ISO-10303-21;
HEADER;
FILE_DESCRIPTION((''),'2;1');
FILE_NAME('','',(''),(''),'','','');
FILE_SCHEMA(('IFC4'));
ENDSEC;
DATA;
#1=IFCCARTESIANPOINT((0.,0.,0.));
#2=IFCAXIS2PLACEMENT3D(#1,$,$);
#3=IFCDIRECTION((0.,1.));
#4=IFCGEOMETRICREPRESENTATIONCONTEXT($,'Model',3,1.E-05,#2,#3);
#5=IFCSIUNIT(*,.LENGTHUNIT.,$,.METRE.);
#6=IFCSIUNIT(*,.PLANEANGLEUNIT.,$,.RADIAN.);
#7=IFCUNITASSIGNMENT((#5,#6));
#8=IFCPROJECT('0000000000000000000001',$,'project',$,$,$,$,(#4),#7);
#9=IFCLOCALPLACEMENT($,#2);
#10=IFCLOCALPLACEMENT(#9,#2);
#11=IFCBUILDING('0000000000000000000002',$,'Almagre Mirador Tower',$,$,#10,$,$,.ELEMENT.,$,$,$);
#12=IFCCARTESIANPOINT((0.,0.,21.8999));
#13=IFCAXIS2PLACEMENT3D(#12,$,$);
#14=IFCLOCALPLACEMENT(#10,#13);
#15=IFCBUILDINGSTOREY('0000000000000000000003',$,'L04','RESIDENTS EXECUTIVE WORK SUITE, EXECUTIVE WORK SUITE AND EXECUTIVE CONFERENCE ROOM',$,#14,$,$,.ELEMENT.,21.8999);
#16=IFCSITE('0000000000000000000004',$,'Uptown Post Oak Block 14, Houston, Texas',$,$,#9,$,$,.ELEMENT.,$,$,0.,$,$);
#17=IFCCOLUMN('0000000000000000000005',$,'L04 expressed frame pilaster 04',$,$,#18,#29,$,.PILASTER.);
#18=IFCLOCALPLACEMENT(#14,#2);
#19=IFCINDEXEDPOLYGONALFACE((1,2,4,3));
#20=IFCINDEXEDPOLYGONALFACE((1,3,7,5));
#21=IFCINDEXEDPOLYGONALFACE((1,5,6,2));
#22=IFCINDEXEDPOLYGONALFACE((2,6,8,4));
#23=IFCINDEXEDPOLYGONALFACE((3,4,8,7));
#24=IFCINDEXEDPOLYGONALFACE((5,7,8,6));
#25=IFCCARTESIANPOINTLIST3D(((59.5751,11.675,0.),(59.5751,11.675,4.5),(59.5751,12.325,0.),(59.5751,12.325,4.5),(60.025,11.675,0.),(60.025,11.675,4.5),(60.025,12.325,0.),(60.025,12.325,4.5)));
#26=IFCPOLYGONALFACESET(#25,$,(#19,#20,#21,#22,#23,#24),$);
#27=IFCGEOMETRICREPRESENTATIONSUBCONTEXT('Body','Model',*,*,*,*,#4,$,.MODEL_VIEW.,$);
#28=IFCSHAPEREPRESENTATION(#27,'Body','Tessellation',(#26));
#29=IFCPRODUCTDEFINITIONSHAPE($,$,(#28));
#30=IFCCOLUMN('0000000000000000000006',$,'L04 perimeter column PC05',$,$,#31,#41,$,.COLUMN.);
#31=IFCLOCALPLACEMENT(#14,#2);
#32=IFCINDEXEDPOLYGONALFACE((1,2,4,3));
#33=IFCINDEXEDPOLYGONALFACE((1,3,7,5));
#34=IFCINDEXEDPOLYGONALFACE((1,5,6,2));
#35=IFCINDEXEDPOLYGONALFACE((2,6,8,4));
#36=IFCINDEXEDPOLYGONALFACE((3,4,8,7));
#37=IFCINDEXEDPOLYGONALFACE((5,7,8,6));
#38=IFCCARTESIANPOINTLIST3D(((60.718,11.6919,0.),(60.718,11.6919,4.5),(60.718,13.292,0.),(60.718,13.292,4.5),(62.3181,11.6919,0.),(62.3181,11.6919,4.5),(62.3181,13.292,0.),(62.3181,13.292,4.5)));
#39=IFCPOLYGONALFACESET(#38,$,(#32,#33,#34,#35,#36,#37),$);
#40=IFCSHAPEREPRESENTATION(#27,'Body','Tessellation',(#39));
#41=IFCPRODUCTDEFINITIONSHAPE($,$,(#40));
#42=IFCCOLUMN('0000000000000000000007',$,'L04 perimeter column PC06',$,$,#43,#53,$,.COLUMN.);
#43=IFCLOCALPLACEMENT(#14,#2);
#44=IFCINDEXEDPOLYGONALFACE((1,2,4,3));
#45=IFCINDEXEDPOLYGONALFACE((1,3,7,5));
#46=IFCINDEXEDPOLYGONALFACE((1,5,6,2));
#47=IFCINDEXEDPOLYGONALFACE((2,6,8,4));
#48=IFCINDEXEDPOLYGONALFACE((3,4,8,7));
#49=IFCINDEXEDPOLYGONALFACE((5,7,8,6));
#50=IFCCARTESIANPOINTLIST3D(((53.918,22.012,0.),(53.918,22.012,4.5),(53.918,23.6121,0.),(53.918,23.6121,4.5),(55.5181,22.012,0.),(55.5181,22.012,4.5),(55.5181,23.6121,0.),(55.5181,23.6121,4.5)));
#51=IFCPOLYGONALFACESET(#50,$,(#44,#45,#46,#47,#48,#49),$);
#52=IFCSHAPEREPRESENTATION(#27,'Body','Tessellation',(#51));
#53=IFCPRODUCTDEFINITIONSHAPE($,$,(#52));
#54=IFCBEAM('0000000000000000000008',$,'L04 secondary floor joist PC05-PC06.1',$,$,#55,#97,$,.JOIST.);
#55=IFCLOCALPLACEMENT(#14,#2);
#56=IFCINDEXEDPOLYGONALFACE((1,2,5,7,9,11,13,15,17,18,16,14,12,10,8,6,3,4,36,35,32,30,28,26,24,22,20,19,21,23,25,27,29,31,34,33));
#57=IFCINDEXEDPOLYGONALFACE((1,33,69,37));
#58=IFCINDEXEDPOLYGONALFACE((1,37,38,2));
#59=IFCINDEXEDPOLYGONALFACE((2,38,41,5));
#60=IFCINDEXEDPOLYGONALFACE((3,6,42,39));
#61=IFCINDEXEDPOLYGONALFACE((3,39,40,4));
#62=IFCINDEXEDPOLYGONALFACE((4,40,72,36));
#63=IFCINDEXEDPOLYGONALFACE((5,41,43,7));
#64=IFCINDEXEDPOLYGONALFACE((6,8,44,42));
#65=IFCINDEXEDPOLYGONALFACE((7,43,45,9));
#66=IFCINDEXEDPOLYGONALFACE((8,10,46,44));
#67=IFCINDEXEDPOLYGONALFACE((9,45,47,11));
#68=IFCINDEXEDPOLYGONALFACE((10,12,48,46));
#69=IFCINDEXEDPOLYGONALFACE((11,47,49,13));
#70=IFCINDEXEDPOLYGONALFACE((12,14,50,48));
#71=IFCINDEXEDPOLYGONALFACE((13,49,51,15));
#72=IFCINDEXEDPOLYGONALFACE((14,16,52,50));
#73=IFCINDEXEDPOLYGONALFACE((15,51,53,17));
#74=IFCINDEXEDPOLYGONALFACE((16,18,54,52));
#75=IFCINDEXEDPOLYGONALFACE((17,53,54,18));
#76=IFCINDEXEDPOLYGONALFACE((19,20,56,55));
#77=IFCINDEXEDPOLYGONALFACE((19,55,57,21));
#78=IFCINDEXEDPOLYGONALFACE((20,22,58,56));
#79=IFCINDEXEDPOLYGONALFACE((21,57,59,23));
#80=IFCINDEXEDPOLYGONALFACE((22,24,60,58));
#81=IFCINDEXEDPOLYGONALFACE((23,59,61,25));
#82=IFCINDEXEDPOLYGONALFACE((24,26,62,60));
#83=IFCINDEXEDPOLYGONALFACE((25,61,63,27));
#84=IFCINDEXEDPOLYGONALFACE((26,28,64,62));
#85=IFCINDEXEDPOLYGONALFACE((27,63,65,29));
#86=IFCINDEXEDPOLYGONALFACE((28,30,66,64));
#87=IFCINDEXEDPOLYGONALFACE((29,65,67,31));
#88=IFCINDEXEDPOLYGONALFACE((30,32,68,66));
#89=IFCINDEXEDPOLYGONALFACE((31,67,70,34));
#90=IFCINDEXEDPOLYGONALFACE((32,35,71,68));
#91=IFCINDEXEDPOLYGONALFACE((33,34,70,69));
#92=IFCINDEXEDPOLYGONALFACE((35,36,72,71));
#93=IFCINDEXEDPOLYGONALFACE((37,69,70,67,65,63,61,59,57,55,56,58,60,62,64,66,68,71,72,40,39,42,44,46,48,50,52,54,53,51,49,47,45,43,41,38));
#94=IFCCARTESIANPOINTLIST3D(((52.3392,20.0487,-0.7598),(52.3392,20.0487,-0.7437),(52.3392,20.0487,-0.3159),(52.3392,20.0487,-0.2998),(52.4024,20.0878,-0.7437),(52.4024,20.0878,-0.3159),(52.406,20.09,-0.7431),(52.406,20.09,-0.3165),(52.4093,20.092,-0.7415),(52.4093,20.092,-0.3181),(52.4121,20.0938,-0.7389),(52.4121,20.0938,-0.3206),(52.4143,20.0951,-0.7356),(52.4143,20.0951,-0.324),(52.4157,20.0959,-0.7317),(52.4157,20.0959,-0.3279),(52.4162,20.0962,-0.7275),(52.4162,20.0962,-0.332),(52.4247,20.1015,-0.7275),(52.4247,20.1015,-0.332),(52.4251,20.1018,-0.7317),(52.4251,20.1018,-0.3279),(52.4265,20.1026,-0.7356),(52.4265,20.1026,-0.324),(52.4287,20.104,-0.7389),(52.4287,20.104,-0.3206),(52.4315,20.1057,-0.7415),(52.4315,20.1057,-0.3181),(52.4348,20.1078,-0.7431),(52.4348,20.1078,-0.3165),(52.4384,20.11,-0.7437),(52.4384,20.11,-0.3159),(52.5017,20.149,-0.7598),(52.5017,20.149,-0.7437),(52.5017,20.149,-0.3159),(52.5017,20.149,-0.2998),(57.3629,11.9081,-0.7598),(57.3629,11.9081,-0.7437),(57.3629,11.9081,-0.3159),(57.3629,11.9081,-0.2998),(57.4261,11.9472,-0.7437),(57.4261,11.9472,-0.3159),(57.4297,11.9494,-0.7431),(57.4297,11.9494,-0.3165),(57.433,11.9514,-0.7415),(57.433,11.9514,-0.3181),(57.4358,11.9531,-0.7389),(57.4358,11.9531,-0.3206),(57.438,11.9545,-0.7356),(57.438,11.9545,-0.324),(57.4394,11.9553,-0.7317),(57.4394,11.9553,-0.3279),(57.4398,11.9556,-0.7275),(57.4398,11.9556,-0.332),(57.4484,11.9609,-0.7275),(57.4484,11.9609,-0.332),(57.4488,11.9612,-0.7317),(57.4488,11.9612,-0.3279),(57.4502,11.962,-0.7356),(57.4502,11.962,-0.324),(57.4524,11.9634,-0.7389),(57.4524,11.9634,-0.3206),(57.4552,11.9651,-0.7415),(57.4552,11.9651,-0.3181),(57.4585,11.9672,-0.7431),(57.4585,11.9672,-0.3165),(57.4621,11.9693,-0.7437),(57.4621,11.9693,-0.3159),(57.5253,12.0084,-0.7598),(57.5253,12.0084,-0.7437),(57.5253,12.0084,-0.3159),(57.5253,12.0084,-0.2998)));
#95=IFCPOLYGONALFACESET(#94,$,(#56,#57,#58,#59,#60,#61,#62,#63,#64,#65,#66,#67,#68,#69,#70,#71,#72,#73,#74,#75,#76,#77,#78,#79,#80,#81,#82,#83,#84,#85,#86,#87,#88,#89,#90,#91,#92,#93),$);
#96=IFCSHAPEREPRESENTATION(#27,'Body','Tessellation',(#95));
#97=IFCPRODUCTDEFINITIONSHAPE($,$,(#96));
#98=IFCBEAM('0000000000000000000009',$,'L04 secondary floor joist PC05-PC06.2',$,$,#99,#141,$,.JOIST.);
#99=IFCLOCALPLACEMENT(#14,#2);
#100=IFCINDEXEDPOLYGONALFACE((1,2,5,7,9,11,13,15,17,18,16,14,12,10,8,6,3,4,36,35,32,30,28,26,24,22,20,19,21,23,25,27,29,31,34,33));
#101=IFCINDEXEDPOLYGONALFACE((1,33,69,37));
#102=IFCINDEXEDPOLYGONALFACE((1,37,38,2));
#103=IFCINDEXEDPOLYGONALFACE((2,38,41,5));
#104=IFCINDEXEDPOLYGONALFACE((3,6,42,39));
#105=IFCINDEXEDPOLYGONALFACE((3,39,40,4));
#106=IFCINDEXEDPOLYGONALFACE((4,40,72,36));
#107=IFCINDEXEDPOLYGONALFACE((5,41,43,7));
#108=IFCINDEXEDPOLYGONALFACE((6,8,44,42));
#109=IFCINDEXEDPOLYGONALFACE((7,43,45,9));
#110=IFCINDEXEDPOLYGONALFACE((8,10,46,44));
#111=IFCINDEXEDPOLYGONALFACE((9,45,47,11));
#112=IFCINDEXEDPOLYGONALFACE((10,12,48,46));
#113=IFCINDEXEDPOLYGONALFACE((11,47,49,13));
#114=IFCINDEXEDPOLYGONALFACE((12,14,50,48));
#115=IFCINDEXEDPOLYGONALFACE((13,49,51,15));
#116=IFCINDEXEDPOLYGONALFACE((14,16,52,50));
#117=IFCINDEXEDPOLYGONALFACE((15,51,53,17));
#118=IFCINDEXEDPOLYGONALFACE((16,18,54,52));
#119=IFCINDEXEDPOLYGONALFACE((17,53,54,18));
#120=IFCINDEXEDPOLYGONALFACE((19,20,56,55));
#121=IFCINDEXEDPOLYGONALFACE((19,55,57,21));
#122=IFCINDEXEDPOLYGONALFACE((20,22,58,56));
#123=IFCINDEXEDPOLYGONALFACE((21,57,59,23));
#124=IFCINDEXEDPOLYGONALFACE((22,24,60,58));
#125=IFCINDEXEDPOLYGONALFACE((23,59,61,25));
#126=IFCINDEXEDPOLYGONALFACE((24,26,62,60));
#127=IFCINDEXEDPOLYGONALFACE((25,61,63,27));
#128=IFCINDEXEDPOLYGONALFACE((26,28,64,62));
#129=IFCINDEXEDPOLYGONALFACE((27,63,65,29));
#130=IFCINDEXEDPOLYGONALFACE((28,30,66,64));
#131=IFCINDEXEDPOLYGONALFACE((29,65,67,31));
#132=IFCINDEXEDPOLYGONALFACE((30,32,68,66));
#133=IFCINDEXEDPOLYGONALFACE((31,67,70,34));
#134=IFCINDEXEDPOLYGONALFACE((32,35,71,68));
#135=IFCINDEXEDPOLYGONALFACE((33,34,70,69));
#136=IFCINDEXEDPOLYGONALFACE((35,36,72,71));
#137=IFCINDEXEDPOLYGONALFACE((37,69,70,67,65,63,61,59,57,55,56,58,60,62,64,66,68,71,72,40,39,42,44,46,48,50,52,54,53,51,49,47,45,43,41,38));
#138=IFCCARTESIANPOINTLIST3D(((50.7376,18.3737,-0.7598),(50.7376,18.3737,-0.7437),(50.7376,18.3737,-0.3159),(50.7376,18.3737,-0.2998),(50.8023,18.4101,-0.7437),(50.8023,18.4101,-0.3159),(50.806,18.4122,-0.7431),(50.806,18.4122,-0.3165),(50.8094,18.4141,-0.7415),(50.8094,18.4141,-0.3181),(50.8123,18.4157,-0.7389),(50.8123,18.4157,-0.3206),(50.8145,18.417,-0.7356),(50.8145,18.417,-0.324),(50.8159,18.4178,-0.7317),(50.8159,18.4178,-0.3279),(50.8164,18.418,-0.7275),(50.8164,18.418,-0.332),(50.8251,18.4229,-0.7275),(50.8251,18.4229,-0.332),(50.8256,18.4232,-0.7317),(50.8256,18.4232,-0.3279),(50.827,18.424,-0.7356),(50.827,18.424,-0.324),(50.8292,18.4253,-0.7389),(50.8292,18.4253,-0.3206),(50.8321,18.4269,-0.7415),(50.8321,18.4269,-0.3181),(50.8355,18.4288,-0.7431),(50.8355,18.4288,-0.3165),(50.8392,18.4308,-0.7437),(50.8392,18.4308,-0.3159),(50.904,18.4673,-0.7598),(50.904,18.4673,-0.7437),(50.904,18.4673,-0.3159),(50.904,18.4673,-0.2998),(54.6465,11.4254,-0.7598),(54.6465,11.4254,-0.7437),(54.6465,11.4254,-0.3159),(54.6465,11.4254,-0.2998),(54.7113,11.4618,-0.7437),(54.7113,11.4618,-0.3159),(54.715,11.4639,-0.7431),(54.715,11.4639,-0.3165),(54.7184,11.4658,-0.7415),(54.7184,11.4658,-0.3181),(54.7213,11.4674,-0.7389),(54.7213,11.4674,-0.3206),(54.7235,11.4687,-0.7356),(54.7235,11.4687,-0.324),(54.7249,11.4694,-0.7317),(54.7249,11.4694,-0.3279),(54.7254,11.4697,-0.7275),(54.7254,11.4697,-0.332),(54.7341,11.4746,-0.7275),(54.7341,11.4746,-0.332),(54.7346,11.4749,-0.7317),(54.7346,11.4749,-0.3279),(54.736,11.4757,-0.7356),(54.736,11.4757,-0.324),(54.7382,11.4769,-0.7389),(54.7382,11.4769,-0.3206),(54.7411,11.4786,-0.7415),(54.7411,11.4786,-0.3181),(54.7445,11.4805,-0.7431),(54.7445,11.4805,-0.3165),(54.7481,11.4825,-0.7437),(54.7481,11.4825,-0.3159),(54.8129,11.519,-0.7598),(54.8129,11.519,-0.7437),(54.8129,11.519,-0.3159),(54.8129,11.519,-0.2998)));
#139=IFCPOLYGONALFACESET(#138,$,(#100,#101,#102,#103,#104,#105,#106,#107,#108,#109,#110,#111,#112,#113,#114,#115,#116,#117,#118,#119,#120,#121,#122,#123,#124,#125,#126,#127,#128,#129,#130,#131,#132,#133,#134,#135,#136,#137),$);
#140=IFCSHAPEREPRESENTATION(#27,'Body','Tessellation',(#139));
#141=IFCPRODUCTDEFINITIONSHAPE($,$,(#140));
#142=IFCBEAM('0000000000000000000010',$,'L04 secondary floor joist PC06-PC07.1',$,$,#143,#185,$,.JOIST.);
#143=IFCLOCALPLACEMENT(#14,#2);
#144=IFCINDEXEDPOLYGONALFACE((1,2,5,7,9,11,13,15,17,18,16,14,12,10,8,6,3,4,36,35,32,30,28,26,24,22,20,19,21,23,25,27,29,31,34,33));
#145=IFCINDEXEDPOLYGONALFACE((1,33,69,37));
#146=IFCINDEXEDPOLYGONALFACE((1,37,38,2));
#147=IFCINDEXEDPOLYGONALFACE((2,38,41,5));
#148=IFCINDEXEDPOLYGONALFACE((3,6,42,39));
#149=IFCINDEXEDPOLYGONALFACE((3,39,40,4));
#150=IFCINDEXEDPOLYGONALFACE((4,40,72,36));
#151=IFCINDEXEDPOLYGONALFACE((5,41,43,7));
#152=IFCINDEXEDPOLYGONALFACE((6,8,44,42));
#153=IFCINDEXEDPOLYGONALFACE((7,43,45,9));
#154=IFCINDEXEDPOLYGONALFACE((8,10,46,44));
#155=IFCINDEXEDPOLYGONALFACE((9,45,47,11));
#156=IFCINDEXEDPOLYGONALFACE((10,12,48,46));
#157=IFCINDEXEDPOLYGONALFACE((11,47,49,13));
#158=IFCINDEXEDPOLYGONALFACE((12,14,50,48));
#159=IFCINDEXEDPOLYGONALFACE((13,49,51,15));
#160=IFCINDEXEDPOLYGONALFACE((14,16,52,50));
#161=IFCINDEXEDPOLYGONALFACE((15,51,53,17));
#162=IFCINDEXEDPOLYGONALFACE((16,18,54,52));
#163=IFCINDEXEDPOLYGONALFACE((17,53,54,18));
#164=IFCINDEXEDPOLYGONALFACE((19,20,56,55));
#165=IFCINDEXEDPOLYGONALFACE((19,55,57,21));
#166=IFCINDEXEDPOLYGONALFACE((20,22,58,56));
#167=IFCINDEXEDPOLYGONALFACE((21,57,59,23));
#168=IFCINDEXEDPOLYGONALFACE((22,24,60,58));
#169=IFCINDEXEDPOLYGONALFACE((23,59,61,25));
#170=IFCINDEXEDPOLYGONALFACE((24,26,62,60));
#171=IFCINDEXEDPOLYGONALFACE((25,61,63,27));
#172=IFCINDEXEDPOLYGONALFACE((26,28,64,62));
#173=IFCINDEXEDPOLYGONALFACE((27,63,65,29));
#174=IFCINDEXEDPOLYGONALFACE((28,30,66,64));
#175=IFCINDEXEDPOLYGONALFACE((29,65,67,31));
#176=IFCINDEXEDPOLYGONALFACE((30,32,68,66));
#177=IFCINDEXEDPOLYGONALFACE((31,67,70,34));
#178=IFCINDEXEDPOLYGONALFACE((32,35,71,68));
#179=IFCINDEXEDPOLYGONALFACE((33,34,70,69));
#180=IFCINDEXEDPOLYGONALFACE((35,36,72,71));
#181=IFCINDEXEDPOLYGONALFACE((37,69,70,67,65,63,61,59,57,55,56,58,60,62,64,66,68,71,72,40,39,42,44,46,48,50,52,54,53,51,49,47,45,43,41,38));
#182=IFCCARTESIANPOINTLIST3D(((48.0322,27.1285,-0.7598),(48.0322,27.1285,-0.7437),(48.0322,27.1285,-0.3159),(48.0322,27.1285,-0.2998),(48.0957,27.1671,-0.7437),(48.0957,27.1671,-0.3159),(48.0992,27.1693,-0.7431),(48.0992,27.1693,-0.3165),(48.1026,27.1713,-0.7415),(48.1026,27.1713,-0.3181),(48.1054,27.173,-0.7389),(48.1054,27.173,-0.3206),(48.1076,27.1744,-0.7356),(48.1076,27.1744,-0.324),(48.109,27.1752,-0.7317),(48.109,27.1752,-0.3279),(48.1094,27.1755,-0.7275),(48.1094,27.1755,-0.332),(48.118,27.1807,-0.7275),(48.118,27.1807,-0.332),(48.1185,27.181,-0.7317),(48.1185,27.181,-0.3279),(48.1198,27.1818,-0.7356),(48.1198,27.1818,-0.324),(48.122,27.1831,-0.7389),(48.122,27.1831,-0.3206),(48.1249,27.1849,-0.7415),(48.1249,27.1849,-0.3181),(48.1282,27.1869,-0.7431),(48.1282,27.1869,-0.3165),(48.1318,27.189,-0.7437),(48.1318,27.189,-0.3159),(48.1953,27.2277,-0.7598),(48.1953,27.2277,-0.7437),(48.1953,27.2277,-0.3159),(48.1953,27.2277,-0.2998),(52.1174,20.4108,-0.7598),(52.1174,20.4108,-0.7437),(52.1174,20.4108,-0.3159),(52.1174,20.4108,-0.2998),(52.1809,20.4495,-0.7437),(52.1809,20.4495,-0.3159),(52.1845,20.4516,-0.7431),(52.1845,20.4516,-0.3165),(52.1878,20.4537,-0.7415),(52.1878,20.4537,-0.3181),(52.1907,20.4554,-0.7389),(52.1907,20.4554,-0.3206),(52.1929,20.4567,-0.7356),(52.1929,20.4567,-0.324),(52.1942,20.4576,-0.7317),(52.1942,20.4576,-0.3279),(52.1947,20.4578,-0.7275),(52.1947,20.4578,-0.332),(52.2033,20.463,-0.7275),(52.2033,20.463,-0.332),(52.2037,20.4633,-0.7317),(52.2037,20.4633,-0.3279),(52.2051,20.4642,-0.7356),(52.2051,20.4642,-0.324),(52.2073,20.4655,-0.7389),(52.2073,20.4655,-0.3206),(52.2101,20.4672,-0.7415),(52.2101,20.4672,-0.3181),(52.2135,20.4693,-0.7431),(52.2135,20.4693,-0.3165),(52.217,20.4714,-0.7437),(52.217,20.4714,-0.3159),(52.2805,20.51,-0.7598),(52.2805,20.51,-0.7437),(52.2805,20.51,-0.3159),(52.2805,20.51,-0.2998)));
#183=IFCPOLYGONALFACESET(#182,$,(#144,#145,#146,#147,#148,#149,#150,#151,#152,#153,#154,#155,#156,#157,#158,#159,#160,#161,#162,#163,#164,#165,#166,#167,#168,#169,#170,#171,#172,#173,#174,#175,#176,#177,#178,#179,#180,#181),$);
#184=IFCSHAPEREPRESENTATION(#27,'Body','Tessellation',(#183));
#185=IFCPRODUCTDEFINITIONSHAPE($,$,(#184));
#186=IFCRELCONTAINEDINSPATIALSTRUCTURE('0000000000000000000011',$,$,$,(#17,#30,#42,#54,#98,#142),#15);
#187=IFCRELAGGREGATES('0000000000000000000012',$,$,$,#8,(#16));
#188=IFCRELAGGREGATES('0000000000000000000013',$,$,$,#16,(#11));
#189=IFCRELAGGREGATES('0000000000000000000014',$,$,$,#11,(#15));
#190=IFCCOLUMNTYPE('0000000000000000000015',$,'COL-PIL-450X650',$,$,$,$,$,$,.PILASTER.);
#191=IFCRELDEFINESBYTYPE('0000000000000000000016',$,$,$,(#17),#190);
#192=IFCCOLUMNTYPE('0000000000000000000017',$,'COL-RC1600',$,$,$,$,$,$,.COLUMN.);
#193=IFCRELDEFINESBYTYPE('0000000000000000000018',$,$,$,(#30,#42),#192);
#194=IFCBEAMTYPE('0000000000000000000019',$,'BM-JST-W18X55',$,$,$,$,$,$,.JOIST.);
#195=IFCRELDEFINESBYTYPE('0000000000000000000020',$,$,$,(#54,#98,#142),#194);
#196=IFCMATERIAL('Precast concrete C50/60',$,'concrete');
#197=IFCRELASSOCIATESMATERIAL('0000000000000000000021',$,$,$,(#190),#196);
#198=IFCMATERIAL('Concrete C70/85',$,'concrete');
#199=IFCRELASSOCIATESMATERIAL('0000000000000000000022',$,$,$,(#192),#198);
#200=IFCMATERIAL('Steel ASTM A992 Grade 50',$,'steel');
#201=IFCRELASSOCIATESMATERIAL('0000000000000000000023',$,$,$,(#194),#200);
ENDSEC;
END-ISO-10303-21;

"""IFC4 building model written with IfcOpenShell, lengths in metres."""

from ifc_helpers import new_model, si_unit, direction, frame, origin, origin_2d, place, context, subcontext, project, spatial, rectangle, i_section, extrude, material, material_profile, profile_set, type_object, element, save


model = new_model("IFC4")

# Units and contexts
model_context = context("Model", 3, precision=1e-05, world=origin(), true_north=direction((0.0, 1.0)))
body_context = subcontext(model_context, "Body", "Model", "MODEL_VIEW")
ifc_project = project(units=[si_unit("LENGTHUNIT", "METRE"), si_unit("PLANEANGLEUNIT", "RADIAN")], contexts=[model_context])

# Site, building, storey
site_placement = place(None, origin())
site = spatial("IfcSite", under=ifc_project, at=site_placement, Name="Uptown Post Oak Block 14, Houston, Texas", CompositionType="ELEMENT", RefElevation=0.0)
building_placement = place(site_placement, origin())
building = spatial("IfcBuilding", under=site, at=building_placement, Name="Almagre Mirador Tower", CompositionType="ELEMENT")
storey_placement = place(building_placement, frame((0.0, 0.0, 21.8999)))
storey = spatial("IfcBuildingStorey", under=building, at=storey_placement, Name="L04", Description="RESIDENTS EXECUTIVE WORK SUITE, EXECUTIVE WORK SUITE AND EXECUTIVE CONFERENCE ROOM", CompositionType="ELEMENT", Elevation=21.8999)

# Columns
ifc_material_1 = material(Name="Precast concrete C50/60", Category="concrete")
ifc_material_profile_1 = material_profile(ifc_material_1, rectangle(XDim=0.45, YDim=0.6499, at=origin_2d()), Name="RC450X650")
ifc_profile_set_1 = profile_set([ifc_material_profile_1], Name="Precast concrete C50/60")
column_type_1 = type_object("IfcColumnType", Name="COL-PIL-450X650", PredefinedType="PILASTER", material=ifc_profile_set_1)
column_placement = place(storey_placement, frame((59.8, 12.0, 0.0), z_axis=(0.0, 0.0, 1.0), x_axis=(1.0, 0.0, 0.0)))
element("IfcColumn", 1, at=column_placement, inside=storey, type_object=column_type_1, Name="L04 expressed frame pilaster 04", PredefinedType="PILASTER", context=body_context, shape_type="SweptSolid", body=[
    extrude(rectangle(XDim=0.45, YDim=0.6499, at=origin_2d()), origin(), (0.0, 0.0, 1.0), 4.5),
])
ifc_material_2 = material(Name="Concrete C70/85", Category="concrete")
ifc_material_profile_2 = material_profile(ifc_material_2, rectangle(XDim=1.6001, YDim=1.6001, at=origin_2d()), Name="RC1600X1600")
ifc_profile_set_2 = profile_set([ifc_material_profile_2], Name="Concrete C70/85")
column_type_2 = type_object("IfcColumnType", Name="COL-RC1600", PredefinedType="COLUMN", material=ifc_profile_set_2)
for number, where, z_axis, x_axis, name in (
    (2, (61.5181, 12.4919, 0.0), (0.0, 0.0, 1.0), (1.0, 0.0, 0.0), "L04 perimeter column PC05"),
    (3, (54.718, 22.812, 0.0), (0.0, 0.0, 1.0), (1.0, 0.0, 0.0), "L04 perimeter column PC06"),
):
    element("IfcColumn", number, at=place(storey_placement, frame(where, z_axis=z_axis, x_axis=x_axis)), inside=storey, type_object=column_type_2, Name=name, PredefinedType="COLUMN", context=body_context, shape_type="SweptSolid", body=[
        extrude(rectangle(XDim=1.6001, YDim=1.6001, at=origin_2d()), origin(), (0.0, 0.0, 1.0), 4.5),
    ])

# Beams
ifc_material_3 = material(Name="Steel ASTM A992 Grade 50", Category="steel")
ifc_material_profile_3 = material_profile(ifc_material_3, i_section(OverallWidth=0.1909, OverallDepth=0.46, WebThickness=0.01, FlangeThickness=0.0161, FilletRadius=0.0161, at=origin_2d()), Name="W18X55")
ifc_profile_set_3 = profile_set([ifc_material_profile_3], Name="Steel ASTM A992 Grade 50")
beam_type_1 = type_object("IfcBeamType", Name="BM-JST-W18X55", PredefinedType="JOIST", material=ifc_profile_set_3)
beam_1_placement = place(storey_placement, frame((57.4441, 11.9583, -0.5298), z_axis=(-0.525164, 0.851001, 0.0), x_axis=(-0.851001, -0.525164, 0.0)))
element("IfcBeam", 4, at=beam_1_placement, inside=storey, type_object=beam_type_1, Name="L04 secondary floor joist PC05-PC06.1", PredefinedType="JOIST", context=body_context, shape_type="SweptSolid", body=[
    extrude(i_section(OverallWidth=0.1909, OverallDepth=0.46, WebThickness=0.01, FlangeThickness=0.0161, FilletRadius=0.0161, at=origin_2d()), origin(), (0.0, 0.0, 1.0), 9.5659),
])
beam_2_placement = place(storey_placement, frame((54.7297, 11.4722, -0.5298), z_axis=(-0.490314, 0.871546, 0.0), x_axis=(-0.871546, -0.490314, 0.0)))
element("IfcBeam", 5, at=beam_2_placement, inside=storey, type_object=beam_type_1, Name="L04 secondary floor joist PC05-PC06.2", PredefinedType="JOIST", context=body_context, shape_type="SweptSolid", body=[
    extrude(i_section(OverallWidth=0.1909, OverallDepth=0.46, WebThickness=0.01, FlangeThickness=0.0161, FilletRadius=0.0161, at=origin_2d()), origin(), (0.0, 0.0, 1.0), 7.9724),
])
beam_3_placement = place(storey_placement, frame((52.199, 20.4604, -0.5298), z_axis=(-0.519601, 0.854409, 0.0), x_axis=(-0.854409, -0.519601, 0.0)))
element("IfcBeam", 6, at=beam_3_placement, inside=storey, type_object=beam_type_1, Name="L04 secondary floor joist PC06-PC07.1", PredefinedType="JOIST", context=body_context, shape_type="SweptSolid", body=[
    extrude(i_section(OverallWidth=0.1909, OverallDepth=0.46, WebThickness=0.01, FlangeThickness=0.0161, FilletRadius=0.0161, at=origin_2d()), origin(), (0.0, 0.0, 1.0), 7.8623),
])

save(model, "model.ifc")
